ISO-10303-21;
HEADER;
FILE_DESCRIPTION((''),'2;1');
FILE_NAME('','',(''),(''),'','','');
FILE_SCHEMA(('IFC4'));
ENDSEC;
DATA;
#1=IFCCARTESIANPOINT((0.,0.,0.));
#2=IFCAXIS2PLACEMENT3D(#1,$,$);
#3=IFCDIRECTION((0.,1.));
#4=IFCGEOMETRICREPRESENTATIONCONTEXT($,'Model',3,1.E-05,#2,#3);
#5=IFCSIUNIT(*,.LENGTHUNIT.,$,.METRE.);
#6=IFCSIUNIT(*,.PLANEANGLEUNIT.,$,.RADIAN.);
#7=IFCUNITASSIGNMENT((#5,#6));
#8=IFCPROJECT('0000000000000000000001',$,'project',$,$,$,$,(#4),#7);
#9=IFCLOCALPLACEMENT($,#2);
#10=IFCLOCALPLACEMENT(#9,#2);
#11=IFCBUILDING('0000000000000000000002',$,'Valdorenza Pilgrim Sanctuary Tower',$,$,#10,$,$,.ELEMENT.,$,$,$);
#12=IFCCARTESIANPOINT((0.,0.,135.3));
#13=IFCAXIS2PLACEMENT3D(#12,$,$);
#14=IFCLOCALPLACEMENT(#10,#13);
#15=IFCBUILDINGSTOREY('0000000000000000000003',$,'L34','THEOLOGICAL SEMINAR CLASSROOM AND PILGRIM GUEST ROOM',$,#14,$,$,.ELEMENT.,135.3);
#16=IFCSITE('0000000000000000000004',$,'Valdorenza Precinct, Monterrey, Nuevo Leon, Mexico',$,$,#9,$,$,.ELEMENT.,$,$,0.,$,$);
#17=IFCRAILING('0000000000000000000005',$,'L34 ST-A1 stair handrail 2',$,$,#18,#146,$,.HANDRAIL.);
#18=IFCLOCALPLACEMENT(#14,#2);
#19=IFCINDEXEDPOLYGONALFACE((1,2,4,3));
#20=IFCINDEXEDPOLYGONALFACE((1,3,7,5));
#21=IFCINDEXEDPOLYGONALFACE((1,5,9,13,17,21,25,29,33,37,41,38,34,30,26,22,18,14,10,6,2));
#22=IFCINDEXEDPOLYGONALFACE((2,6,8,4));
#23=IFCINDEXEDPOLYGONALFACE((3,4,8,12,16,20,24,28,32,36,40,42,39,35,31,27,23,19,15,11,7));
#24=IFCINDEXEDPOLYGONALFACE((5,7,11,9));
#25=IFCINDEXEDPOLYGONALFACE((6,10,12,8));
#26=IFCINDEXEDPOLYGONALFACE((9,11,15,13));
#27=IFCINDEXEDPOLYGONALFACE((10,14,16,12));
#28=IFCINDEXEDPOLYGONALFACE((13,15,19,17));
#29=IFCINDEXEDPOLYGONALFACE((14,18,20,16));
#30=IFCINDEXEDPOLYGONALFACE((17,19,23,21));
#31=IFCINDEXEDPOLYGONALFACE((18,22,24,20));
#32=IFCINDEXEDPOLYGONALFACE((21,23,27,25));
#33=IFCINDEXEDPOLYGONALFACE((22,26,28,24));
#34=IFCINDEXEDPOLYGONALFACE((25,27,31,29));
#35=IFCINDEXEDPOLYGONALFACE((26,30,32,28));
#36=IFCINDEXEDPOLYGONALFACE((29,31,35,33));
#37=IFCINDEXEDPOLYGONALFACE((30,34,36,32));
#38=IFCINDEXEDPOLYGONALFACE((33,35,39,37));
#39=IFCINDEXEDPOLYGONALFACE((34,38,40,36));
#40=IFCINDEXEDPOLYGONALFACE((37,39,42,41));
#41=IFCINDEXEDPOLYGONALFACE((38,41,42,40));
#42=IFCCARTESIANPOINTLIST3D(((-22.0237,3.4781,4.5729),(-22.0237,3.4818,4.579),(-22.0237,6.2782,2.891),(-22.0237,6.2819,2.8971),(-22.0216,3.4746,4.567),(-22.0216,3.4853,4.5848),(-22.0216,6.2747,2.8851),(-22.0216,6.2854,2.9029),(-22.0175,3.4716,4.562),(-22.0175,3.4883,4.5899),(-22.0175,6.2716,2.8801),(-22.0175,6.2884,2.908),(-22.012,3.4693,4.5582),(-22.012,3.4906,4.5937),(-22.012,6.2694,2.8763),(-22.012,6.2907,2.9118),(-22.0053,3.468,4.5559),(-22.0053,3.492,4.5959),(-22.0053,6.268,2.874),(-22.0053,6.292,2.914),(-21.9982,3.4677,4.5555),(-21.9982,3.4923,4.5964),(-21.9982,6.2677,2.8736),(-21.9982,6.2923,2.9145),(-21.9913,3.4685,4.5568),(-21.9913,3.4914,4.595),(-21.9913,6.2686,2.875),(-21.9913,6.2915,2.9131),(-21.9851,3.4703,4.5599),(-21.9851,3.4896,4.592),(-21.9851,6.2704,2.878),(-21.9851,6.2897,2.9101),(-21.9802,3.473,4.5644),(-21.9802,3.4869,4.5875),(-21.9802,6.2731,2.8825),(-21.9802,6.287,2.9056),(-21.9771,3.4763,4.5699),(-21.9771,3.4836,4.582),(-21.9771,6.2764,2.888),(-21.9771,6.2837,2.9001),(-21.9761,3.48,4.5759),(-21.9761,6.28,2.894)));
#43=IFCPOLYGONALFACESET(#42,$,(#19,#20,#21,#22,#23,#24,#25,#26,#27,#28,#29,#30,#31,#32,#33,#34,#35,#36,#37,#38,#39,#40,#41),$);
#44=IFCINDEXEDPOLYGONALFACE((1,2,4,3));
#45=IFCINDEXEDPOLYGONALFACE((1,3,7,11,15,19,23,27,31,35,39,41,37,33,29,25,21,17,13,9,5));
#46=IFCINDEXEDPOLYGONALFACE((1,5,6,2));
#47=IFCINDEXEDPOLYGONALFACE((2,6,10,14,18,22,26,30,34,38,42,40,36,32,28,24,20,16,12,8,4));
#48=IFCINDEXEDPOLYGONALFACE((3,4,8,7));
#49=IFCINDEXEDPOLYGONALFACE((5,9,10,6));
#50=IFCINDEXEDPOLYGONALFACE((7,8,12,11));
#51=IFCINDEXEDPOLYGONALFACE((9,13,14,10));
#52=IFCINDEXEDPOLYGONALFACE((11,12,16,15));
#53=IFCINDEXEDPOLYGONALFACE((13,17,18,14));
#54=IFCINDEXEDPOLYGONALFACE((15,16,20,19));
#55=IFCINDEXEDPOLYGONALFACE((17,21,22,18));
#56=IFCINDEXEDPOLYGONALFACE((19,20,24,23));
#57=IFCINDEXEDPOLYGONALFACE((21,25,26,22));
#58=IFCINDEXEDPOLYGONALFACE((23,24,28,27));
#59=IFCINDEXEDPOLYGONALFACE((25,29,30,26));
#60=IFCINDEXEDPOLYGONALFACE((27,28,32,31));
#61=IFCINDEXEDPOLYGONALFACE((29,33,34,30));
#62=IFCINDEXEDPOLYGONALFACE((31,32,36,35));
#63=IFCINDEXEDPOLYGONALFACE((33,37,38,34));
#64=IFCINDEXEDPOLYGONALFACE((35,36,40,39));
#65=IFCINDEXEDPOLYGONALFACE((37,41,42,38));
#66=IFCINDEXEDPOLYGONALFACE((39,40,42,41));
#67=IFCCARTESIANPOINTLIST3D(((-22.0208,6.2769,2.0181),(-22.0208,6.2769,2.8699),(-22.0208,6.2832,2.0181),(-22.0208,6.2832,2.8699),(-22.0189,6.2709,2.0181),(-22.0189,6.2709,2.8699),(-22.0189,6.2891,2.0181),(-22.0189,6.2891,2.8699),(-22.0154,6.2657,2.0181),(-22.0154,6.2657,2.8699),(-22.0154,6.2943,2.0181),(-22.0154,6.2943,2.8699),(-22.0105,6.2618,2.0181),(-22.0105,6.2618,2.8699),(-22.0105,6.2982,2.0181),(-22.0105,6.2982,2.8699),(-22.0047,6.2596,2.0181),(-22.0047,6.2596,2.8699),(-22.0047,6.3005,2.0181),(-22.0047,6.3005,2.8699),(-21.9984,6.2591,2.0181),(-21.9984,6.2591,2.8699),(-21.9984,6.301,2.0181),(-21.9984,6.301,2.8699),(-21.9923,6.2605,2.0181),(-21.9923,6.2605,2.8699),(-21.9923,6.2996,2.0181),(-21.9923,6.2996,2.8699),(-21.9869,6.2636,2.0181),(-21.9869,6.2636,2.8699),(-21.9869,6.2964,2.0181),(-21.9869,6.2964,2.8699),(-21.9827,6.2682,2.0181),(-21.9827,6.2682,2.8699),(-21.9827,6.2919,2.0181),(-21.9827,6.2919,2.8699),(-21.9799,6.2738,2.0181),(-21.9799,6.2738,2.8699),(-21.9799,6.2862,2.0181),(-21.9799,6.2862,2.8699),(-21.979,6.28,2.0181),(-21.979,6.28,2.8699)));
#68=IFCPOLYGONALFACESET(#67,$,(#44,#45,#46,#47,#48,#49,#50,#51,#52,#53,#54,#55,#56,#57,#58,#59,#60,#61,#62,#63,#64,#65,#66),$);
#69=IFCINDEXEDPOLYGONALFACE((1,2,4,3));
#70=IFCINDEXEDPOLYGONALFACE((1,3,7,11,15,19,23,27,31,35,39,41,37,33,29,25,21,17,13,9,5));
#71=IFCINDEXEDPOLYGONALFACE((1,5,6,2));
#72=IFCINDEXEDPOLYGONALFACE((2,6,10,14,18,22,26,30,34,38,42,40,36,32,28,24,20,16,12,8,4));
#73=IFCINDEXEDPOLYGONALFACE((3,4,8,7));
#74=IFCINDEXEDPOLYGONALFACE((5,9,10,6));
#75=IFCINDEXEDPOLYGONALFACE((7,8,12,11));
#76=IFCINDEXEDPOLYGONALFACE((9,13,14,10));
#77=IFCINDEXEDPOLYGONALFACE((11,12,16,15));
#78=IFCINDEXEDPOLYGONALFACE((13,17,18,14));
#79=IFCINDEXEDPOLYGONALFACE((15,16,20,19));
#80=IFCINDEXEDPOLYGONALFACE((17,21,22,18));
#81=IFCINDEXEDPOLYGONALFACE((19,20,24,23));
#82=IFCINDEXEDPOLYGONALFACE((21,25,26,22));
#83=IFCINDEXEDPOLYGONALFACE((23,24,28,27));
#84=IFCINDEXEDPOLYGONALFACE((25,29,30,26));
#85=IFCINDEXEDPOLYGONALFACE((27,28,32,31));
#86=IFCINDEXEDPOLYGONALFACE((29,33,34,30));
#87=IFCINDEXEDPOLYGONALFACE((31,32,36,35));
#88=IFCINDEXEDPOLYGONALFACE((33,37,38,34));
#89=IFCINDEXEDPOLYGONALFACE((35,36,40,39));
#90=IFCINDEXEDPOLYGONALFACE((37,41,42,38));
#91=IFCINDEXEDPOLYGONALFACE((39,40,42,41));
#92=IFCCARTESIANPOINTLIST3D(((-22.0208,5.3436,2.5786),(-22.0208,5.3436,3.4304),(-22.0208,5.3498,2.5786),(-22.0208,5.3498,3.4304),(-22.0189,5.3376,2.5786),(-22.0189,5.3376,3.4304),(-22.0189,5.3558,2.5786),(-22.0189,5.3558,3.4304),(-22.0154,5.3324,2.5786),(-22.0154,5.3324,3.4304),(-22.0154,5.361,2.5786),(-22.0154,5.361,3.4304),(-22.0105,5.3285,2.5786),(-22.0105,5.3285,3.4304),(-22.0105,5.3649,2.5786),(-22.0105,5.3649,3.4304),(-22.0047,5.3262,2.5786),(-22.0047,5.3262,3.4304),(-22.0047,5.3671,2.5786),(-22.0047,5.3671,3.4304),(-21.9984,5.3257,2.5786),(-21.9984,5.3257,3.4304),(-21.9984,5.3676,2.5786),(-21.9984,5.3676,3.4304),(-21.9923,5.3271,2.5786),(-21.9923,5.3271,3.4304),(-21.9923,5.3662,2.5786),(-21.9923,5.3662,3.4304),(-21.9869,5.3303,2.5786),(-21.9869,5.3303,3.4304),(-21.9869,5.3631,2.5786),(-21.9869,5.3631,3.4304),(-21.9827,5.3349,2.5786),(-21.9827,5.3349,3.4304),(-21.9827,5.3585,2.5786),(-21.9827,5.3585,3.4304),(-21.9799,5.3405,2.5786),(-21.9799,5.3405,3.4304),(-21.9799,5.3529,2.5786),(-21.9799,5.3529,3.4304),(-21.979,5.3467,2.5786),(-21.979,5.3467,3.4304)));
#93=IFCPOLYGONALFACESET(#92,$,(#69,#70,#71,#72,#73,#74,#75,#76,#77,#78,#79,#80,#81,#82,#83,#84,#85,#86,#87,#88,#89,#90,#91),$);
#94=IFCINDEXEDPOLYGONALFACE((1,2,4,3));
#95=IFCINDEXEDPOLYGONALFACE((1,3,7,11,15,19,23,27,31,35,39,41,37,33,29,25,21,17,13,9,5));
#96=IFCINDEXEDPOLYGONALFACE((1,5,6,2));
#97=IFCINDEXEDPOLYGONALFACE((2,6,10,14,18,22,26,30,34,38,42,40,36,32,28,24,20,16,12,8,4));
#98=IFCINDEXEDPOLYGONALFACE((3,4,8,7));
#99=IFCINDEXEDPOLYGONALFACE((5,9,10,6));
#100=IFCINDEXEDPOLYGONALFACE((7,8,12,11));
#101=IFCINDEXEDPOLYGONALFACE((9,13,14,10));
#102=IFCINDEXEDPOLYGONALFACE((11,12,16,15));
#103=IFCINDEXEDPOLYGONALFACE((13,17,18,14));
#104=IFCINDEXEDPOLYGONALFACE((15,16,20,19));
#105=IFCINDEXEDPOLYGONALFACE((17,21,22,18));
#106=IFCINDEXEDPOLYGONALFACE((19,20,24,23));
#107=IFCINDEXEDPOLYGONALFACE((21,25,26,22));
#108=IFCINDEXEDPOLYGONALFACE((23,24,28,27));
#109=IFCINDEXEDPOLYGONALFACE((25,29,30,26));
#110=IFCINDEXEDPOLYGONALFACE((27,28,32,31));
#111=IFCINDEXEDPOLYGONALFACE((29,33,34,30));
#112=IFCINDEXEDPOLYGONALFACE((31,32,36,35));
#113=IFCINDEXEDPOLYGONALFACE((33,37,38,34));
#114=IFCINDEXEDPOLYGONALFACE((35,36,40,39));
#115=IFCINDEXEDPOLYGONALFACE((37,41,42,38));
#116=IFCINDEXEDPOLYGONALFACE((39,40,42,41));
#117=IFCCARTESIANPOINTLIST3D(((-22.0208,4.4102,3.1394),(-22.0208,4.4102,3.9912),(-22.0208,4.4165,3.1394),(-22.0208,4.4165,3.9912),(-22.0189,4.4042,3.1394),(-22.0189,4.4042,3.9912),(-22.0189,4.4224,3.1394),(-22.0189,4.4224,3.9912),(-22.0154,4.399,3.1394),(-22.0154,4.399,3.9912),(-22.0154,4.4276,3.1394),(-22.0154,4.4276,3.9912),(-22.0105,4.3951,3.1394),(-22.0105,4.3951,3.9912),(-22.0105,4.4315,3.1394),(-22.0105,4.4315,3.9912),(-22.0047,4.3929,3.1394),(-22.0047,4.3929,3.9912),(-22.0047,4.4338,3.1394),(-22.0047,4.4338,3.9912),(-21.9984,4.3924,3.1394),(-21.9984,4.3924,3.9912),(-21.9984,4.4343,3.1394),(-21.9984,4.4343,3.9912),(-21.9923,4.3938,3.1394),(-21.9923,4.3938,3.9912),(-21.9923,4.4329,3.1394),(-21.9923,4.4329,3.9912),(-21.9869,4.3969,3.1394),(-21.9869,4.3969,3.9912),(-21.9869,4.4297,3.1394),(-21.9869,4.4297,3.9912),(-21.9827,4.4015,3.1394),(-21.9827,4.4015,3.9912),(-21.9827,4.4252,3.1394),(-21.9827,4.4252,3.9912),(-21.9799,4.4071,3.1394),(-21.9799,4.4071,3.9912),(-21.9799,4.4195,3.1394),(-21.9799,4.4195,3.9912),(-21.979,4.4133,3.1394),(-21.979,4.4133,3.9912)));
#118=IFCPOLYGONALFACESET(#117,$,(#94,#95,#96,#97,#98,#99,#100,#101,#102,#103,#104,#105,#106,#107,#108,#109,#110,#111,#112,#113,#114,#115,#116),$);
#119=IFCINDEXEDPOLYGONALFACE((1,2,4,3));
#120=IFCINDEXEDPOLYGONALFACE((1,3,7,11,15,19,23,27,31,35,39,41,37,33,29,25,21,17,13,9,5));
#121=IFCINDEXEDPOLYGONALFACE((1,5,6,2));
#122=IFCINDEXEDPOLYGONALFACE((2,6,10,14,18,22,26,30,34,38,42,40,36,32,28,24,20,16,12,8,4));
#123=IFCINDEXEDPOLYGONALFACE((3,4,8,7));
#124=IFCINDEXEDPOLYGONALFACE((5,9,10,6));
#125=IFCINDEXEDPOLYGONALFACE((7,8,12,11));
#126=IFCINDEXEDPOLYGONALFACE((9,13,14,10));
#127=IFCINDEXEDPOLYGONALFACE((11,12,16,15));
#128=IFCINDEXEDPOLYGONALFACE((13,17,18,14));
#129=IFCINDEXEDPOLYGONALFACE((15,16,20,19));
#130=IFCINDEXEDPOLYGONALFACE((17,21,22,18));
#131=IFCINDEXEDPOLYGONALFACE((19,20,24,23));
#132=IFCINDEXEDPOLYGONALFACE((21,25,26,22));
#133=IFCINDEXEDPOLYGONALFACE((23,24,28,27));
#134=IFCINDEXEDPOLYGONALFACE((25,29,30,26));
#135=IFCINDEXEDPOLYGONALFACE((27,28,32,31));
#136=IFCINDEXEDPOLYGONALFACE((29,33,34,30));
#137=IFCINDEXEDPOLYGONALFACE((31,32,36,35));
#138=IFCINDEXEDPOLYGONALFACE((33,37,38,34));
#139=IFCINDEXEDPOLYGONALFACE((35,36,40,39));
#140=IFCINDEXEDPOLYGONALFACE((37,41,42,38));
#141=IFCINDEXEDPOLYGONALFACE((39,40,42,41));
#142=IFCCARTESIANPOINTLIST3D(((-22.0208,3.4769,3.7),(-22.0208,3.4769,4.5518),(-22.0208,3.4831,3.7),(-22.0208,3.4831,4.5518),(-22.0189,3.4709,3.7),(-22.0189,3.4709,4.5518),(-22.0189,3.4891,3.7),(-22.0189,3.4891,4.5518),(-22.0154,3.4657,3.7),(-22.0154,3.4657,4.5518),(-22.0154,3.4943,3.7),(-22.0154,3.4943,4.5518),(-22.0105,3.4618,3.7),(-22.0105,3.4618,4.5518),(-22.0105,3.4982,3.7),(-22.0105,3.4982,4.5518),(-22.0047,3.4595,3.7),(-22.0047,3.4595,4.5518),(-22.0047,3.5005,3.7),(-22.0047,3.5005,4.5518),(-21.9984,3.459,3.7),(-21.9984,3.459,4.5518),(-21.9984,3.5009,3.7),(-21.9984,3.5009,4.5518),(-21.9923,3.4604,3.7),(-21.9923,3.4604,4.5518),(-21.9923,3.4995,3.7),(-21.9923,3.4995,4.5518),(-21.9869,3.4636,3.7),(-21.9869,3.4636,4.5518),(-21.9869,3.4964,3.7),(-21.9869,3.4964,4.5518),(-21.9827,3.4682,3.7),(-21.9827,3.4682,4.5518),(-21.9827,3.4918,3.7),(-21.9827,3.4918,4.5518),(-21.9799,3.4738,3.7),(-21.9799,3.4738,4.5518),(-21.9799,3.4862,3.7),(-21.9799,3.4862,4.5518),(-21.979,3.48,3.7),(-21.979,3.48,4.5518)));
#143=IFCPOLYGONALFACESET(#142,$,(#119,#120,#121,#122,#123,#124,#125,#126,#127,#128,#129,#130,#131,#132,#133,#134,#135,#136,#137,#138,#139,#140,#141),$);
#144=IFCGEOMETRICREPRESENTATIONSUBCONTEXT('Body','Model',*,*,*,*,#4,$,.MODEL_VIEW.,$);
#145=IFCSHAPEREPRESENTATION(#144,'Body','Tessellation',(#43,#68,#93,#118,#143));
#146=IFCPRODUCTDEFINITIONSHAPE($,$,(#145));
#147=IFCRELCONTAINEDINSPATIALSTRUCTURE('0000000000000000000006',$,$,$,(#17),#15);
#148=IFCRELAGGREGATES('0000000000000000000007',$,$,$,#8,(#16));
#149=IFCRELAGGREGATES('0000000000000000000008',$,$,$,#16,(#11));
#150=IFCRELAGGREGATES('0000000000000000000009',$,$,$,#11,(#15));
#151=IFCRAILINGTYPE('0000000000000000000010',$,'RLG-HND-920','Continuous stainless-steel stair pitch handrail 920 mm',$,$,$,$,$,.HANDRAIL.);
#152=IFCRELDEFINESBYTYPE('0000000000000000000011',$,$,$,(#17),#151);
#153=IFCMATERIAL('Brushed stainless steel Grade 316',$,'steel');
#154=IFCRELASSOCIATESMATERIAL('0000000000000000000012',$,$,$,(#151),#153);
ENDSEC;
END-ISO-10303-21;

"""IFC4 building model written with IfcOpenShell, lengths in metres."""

from ifc_helpers import new_model, si_unit, direction, frame, origin, origin_2d, place, context, subcontext, project, spatial, circle, extrude, material, type_object, element, save


model = new_model("IFC4")

# Units and contexts
model_context = context("Model", 3, precision=1e-05, world=origin(), true_north=direction((0.0, 1.0)))
body_context = subcontext(model_context, "Body", "Model", "MODEL_VIEW")
ifc_project = project(units=[si_unit("LENGTHUNIT", "METRE"), si_unit("PLANEANGLEUNIT", "RADIAN")], contexts=[model_context])

# Site, building, storey
site_placement = place(None, origin())
site = spatial("IfcSite", under=ifc_project, at=site_placement, Name="Valdorenza Precinct, Monterrey, Nuevo Leon, Mexico", CompositionType="ELEMENT", RefElevation=0.0)
building_placement = place(site_placement, origin())
building = spatial("IfcBuilding", under=site, at=building_placement, Name="Valdorenza Pilgrim Sanctuary Tower", CompositionType="ELEMENT")
storey_placement = place(building_placement, frame((0.0, 0.0, 135.3)))
storey = spatial("IfcBuildingStorey", under=building, at=storey_placement, Name="L34", Description="THEOLOGICAL SEMINAR CLASSROOM AND PILGRIM GUEST ROOM", CompositionType="ELEMENT", Elevation=135.3)

# Shared definitions
ifc_material_1 = material(Name="Brushed stainless steel Grade 316", Category="steel")

# Railing
railing_type_1 = type_object("IfcRailingType", Name="RLG-HND-920", Description="Continuous stainless-steel stair pitch handrail 920 mm", PredefinedType="HANDRAIL", material=ifc_material_1)
railing_1_placement = place(storey_placement, frame((-22.0, 6.28, 2.0181)))
element("IfcRailing", 1, at=railing_1_placement, inside=storey, type_object=railing_type_1, Name="L34 ST-A1 stair handrail 2", PredefinedType="HANDRAIL", context=body_context, shape_type="SweptSolid", body=[
    extrude(circle(Radius=0.0239, at=origin_2d()), frame((0.0, 0.0, 0.876), z_axis=(0.0, -0.857242, 0.514913), x_axis=(1.0, 0.0, 0.0)), (0.0, 0.0, 1.0), 3.2664),
    extrude(circle(Radius=0.021, at=origin_2d()), origin(), (0.0, 0.0, 1.0), 0.8518),
    extrude(circle(Radius=0.021, at=origin_2d()), frame((0.0, -0.9333, 0.5605)), (0.0, 0.0, 1.0), 0.8518),
    extrude(circle(Radius=0.021, at=origin_2d()), frame((0.0, -1.8667, 1.1213)), (0.0, 0.0, 1.0), 0.8518),
    extrude(circle(Radius=0.021, at=origin_2d()), frame((0.0, -2.8, 1.6819)), (0.0, 0.0, 1.0), 0.8518),
])

save(model, "model.ifc")
